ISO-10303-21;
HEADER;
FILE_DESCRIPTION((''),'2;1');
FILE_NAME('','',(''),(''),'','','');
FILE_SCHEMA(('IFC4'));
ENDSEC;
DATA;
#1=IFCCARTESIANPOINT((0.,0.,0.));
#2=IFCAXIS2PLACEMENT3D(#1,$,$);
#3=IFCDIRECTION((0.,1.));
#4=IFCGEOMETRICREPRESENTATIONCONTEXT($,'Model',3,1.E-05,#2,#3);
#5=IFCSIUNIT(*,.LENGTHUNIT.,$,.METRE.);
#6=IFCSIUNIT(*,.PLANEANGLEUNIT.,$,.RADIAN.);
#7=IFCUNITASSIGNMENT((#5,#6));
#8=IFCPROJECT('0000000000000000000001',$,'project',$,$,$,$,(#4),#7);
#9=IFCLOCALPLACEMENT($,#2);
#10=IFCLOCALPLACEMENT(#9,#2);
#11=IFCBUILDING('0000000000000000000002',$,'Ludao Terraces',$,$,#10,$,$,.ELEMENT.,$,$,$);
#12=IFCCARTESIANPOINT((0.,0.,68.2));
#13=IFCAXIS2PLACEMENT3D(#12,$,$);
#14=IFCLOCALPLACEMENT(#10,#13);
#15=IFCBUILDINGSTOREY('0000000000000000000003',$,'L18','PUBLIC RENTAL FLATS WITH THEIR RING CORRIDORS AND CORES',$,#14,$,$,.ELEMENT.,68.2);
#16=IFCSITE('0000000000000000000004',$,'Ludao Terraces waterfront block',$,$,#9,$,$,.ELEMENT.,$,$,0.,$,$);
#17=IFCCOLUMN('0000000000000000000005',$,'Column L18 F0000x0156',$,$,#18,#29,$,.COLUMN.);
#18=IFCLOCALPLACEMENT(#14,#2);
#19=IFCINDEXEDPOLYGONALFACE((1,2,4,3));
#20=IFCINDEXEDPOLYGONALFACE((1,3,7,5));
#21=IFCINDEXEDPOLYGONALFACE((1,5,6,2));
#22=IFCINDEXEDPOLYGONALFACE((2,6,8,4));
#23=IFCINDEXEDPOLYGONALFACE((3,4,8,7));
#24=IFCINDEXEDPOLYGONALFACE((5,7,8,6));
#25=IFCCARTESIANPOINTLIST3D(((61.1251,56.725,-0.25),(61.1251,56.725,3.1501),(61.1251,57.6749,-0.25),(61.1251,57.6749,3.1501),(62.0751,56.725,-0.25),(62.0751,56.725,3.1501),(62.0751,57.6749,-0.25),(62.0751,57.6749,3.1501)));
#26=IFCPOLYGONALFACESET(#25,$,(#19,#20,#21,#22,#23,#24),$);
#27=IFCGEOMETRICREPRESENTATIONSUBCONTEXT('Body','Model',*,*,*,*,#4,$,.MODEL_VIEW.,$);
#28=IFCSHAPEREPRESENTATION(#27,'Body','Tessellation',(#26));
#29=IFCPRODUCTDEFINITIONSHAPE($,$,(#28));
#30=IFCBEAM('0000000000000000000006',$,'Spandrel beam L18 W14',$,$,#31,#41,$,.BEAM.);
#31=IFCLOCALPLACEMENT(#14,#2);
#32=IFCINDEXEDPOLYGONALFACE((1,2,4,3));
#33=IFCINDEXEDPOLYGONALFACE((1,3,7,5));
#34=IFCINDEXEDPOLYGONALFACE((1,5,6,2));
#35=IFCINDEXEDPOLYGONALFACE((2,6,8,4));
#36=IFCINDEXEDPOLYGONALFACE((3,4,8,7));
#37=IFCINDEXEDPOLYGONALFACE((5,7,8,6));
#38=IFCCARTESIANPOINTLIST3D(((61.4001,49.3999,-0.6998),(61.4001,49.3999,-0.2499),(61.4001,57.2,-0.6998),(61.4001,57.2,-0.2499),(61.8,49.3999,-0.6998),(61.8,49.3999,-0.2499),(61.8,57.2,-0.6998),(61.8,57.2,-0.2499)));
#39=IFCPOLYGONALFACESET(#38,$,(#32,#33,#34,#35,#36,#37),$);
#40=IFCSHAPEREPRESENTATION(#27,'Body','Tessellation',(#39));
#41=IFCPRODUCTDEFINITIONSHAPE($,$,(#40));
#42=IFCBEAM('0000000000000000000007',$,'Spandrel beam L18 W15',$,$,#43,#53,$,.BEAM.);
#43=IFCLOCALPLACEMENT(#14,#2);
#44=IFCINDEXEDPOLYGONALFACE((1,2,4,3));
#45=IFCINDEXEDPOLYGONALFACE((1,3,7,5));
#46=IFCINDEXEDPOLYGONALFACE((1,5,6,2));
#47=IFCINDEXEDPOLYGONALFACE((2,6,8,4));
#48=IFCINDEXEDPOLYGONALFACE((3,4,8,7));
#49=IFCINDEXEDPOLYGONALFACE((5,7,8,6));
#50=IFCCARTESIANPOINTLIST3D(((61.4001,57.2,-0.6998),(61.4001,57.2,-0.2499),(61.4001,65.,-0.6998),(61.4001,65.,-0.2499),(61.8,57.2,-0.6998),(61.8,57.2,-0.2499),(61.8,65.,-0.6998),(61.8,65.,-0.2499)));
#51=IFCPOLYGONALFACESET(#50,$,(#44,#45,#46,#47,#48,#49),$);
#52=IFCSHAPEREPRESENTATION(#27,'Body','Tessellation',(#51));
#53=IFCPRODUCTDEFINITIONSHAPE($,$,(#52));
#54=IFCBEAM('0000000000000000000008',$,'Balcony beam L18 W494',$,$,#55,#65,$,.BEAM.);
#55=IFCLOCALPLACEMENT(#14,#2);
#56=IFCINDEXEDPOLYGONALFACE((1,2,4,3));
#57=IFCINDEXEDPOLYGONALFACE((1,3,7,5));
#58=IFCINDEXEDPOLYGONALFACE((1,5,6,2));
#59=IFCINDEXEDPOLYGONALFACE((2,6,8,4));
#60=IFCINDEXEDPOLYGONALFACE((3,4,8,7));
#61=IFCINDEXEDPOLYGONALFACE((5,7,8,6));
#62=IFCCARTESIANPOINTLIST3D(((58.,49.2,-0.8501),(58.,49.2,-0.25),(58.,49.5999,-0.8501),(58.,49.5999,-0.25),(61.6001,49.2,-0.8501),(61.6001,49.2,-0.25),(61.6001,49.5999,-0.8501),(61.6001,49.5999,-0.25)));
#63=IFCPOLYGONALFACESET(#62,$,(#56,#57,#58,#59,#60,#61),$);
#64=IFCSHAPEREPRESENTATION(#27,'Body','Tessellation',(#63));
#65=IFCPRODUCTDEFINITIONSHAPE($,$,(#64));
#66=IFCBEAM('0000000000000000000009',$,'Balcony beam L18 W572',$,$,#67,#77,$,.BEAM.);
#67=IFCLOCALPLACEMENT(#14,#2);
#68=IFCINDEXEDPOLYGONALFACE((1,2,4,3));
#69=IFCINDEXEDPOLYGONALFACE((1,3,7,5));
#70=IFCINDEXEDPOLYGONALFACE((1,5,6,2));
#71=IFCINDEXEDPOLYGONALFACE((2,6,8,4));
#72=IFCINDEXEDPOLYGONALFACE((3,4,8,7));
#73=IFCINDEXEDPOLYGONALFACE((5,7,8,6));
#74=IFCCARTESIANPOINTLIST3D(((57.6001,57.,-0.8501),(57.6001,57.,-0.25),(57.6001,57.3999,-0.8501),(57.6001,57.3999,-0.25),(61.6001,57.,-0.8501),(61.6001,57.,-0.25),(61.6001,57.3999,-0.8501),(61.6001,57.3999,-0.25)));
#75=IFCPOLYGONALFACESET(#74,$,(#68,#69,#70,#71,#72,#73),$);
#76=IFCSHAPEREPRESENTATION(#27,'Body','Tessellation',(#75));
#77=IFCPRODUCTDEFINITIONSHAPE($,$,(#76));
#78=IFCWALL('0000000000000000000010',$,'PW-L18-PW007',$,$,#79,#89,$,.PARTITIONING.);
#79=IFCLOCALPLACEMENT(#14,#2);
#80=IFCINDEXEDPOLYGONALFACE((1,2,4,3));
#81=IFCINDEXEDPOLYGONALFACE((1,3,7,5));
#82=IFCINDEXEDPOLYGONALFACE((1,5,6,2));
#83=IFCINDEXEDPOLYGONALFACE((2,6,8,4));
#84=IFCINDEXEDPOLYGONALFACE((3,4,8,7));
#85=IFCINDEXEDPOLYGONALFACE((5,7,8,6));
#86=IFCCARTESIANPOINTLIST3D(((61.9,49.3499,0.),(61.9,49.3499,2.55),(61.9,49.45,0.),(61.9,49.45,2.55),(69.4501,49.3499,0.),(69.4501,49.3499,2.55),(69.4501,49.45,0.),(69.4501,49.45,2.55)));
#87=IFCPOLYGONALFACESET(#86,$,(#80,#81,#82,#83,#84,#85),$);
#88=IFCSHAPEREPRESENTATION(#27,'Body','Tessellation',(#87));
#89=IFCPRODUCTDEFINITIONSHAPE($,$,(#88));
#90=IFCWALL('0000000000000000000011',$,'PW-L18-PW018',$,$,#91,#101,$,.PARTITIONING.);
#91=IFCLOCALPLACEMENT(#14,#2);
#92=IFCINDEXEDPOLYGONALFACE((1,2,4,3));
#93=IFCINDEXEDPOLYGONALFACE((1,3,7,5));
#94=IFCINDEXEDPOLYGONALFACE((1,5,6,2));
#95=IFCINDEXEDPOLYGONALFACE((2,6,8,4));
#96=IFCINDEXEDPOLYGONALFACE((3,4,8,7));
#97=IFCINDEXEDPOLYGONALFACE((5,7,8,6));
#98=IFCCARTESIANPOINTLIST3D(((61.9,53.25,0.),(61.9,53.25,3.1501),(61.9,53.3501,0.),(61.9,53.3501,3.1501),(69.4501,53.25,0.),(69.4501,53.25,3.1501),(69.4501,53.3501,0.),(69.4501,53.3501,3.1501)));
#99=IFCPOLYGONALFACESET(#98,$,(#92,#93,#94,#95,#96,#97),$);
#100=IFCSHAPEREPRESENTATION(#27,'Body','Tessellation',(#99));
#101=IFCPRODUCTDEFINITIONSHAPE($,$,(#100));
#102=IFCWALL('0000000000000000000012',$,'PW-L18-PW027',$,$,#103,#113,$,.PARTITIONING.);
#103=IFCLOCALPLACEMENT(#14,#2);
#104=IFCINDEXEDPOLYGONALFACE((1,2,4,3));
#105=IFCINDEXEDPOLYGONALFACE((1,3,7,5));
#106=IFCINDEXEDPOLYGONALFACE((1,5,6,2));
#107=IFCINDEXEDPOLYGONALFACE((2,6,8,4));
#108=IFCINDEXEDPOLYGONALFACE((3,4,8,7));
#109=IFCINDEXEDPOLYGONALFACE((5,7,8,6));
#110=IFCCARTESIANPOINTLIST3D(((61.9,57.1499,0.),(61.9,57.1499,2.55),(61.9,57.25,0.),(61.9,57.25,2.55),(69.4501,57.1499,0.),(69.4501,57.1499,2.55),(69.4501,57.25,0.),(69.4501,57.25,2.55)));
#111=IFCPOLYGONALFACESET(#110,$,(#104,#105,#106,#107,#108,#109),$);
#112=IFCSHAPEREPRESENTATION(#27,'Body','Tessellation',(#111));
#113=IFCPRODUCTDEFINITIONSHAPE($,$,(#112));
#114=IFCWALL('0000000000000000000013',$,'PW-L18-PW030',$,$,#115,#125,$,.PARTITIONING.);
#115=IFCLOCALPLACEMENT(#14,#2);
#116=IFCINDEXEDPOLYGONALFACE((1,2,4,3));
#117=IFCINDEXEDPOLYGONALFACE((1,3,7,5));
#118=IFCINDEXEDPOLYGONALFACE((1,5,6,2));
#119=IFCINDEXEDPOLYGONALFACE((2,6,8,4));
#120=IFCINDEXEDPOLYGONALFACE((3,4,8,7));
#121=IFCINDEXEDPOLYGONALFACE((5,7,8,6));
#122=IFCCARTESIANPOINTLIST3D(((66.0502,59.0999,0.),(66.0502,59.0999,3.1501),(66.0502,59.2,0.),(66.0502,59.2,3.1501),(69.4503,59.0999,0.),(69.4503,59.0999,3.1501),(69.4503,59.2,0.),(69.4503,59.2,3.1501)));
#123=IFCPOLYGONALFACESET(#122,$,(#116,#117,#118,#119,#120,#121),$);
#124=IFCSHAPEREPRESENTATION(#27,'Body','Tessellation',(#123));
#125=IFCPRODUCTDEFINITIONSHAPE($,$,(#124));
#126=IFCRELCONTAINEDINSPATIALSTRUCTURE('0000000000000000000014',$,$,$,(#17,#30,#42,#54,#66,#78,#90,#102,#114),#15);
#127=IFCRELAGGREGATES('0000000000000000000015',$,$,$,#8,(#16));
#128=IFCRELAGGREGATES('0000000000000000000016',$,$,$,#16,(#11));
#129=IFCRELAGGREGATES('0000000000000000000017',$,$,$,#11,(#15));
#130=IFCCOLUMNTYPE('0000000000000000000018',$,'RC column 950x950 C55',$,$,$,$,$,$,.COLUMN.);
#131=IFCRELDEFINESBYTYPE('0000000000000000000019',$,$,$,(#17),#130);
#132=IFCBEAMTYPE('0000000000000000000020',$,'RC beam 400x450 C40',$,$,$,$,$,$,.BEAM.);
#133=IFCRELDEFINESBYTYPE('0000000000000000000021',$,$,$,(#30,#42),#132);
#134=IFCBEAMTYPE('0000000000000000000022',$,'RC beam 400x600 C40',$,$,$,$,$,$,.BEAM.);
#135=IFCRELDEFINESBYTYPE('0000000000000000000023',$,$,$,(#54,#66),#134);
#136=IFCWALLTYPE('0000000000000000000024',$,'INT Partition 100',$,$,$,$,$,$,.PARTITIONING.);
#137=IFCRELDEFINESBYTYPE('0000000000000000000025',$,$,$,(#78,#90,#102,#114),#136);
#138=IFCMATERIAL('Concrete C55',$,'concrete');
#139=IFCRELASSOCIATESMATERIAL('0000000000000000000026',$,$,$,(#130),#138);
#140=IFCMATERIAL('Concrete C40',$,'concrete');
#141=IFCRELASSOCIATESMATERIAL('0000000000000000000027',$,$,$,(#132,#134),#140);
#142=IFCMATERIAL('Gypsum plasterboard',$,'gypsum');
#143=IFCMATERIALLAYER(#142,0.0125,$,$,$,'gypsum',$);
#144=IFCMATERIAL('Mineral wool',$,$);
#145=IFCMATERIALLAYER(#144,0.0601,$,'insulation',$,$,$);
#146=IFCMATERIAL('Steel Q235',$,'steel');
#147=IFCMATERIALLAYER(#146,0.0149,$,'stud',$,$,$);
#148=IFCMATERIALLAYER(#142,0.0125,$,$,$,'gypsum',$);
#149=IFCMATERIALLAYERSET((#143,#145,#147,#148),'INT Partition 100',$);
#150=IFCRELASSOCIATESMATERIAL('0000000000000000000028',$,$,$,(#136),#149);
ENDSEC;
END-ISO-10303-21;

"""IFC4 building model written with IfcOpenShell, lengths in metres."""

from ifc_helpers import new_model, si_unit, direction, frame, frame_2d, origin, origin_2d, place, context, subcontext, project, spatial, rectangle, extrude, material, layer, layer_set, material_profile, profile_set, type_object, element, save


model = new_model("IFC4")

# Units and contexts
model_context = context("Model", 3, precision=1e-05, world=origin(), true_north=direction((0.0, 1.0)))
body_context = subcontext(model_context, "Body", "Model", "MODEL_VIEW")
ifc_project = project(units=[si_unit("LENGTHUNIT", "METRE"), si_unit("PLANEANGLEUNIT", "RADIAN")], contexts=[model_context])

# Site, building, storey
site_placement = place(None, origin())
site = spatial("IfcSite", under=ifc_project, at=site_placement, Name="Ludao Terraces waterfront block", CompositionType="ELEMENT", RefElevation=0.0)
building_placement = place(site_placement, origin())
building = spatial("IfcBuilding", under=site, at=building_placement, Name="Ludao Terraces", CompositionType="ELEMENT")
storey_placement = place(building_placement, frame((0.0, 0.0, 68.2)))
storey = spatial("IfcBuildingStorey", under=building, at=storey_placement, Name="L18", Description="PUBLIC RENTAL FLATS WITH THEIR RING CORRIDORS AND CORES", CompositionType="ELEMENT", Elevation=68.2)

# Column
ifc_material_1 = material(Name="Concrete C55", Category="concrete")
ifc_material_profile_1 = material_profile(ifc_material_1, rectangle(XDim=0.95, YDim=0.95, at=origin_2d()), Name="950 X 950")
ifc_profile_set_1 = profile_set([ifc_material_profile_1], Name="Concrete C55")
column_type = type_object("IfcColumnType", Name="RC column 950x950 C55", PredefinedType="COLUMN", material=ifc_profile_set_1)
column_placement = place(storey_placement, frame((61.6001, 57.2, -0.25), z_axis=(0.0, 0.0, 1.0), x_axis=(1.0, 0.0, 0.0)))
element("IfcColumn", 1, at=column_placement, inside=storey, type_object=column_type, Name="Column L18 F0000x0156", PredefinedType="COLUMN", context=body_context, shape_type="SweptSolid", body=[
    extrude(rectangle(XDim=0.95, YDim=0.95, at=origin_2d()), origin(), (0.0, 0.0, 1.0), 3.4001),
])

# Beams
ifc_material_2 = material(Name="Concrete C40", Category="concrete")
ifc_material_profile_2 = material_profile(ifc_material_2, rectangle(XDim=0.3999, YDim=0.45, at=origin_2d()), Name="400 X 450")
ifc_profile_set_2 = profile_set([ifc_material_profile_2], Name="Concrete C40")
beam_type_1 = type_object("IfcBeamType", Name="RC beam 400x450 C40", PredefinedType="BEAM", material=ifc_profile_set_2)
for number, where, z_axis, x_axis, name in (
    (2, (61.6001, 49.3999, -0.4749), (0.0, 1.0, 0.0), (-1.0, 0.0, 0.0), "Spandrel beam L18 W14"),
    (3, (61.6001, 57.2, -0.4749), (0.0, 1.0, 0.0), (-1.0, 0.0, 0.0), "Spandrel beam L18 W15"),
):
    element("IfcBeam", number, at=place(storey_placement, frame(where, z_axis=z_axis, x_axis=x_axis)), inside=storey, type_object=beam_type_1, Name=name, PredefinedType="BEAM", context=body_context, shape_type="SweptSolid", body=[
        extrude(rectangle(XDim=0.3999, YDim=0.45, at=origin_2d()), origin(), (0.0, 0.0, 1.0), 7.8),
    ])
ifc_material_profile_3 = material_profile(ifc_material_2, rectangle(XDim=0.3999, YDim=0.6001, at=origin_2d()), Name="400 X 600")
ifc_profile_set_3 = profile_set([ifc_material_profile_3], Name="Concrete C40")
beam_type_2 = type_object("IfcBeamType", Name="RC beam 400x600 C40", PredefinedType="BEAM", material=ifc_profile_set_3)
beam_1_placement = place(storey_placement, frame((61.6001, 49.3999, -0.55), z_axis=(-1.0, 0.0, 0.0), x_axis=(0.0, -1.0, 0.0)))
element("IfcBeam", 4, at=beam_1_placement, inside=storey, type_object=beam_type_2, Name="Balcony beam L18 W494", PredefinedType="BEAM", context=body_context, shape_type="SweptSolid", body=[
    extrude(rectangle(XDim=0.3999, YDim=0.6001, at=origin_2d()), origin(), (0.0, 0.0, 1.0), 3.6001),
])
beam_2_placement = place(storey_placement, frame((61.6001, 57.2, -0.55), z_axis=(-1.0, 0.0, 0.0), x_axis=(0.0, -1.0, 0.0)))
element("IfcBeam", 5, at=beam_2_placement, inside=storey, type_object=beam_type_2, Name="Balcony beam L18 W572", PredefinedType="BEAM", context=body_context, shape_type="SweptSolid", body=[
    extrude(rectangle(XDim=0.3999, YDim=0.6001, at=origin_2d()), origin(), (0.0, 0.0, 1.0), 4.0),
])

# Shared definitions
ifc_material_3 = material(Name="Mineral wool")

# Walls
ifc_material_4 = material(Name="Gypsum plasterboard", Category="gypsum")
ifc_layer_1 = layer(ifc_material_4, 0.0125, Category="gypsum")
ifc_layer_2 = layer(ifc_material_3, 0.0601, Name="insulation")
ifc_material_5 = material(Name="Steel Q235", Category="steel")
ifc_layer_3 = layer(ifc_material_5, 0.0149, Name="stud")
ifc_layer_4 = layer(ifc_material_4, 0.0125, Category="gypsum")
ifc_layer_set_1 = layer_set([ifc_layer_1, ifc_layer_2, ifc_layer_3, ifc_layer_4], Name="INT Partition 100")
wall_type_1 = type_object("IfcWallType", Name="INT Partition 100", PredefinedType="PARTITIONING", material=ifc_layer_set_1)
wall_1_placement = place(storey_placement, frame((61.9001, 49.3999, 0.0), z_axis=(0.0, 0.0, 1.0), x_axis=(1.0, 0.0, 0.0)))
element("IfcWall", 6, at=wall_1_placement, inside=storey, type_object=wall_type_1, Name="PW-L18-PW007", PredefinedType="PARTITIONING", context=body_context, shape_type="SweptSolid", body=[
    extrude(rectangle(XDim=7.55, YDim=0.1001, at=frame_2d((3.7749, 0.0))), origin(), (0.0, 0.0, 1.0), 2.55),
])
wall_2_placement = place(storey_placement, frame((61.9001, 53.3, 0.0), z_axis=(0.0, 0.0, 1.0), x_axis=(1.0, 0.0, 0.0)))
element("IfcWall", 7, at=wall_2_placement, inside=storey, type_object=wall_type_1, Name="PW-L18-PW018", PredefinedType="PARTITIONING", context=body_context, shape_type="SweptSolid", body=[
    extrude(rectangle(XDim=7.55, YDim=0.1001, at=frame_2d((3.7749, 0.0))), origin(), (0.0, 0.0, 1.0), 3.1501),
])
wall_3_placement = place(storey_placement, frame((61.9001, 57.2, 0.0), z_axis=(0.0, 0.0, 1.0), x_axis=(1.0, 0.0, 0.0)))
element("IfcWall", 8, at=wall_3_placement, inside=storey, type_object=wall_type_1, Name="PW-L18-PW027", PredefinedType="PARTITIONING", context=body_context, shape_type="SweptSolid", body=[
    extrude(rectangle(XDim=7.55, YDim=0.1001, at=frame_2d((3.7749, 0.0))), origin(), (0.0, 0.0, 1.0), 2.55),
])
wall_4_placement = place(storey_placement, frame((66.05, 59.1499, 0.0), z_axis=(0.0, 0.0, 1.0), x_axis=(1.0, 0.0, 0.0)))
element("IfcWall", 9, at=wall_4_placement, inside=storey, type_object=wall_type_1, Name="PW-L18-PW030", PredefinedType="PARTITIONING", context=body_context, shape_type="SweptSolid", body=[
    extrude(rectangle(XDim=3.4001, YDim=0.1001, at=frame_2d((1.7002, 0.0))), origin(), (0.0, 0.0, 1.0), 3.1501),
])

save(model, "model.ifc")
